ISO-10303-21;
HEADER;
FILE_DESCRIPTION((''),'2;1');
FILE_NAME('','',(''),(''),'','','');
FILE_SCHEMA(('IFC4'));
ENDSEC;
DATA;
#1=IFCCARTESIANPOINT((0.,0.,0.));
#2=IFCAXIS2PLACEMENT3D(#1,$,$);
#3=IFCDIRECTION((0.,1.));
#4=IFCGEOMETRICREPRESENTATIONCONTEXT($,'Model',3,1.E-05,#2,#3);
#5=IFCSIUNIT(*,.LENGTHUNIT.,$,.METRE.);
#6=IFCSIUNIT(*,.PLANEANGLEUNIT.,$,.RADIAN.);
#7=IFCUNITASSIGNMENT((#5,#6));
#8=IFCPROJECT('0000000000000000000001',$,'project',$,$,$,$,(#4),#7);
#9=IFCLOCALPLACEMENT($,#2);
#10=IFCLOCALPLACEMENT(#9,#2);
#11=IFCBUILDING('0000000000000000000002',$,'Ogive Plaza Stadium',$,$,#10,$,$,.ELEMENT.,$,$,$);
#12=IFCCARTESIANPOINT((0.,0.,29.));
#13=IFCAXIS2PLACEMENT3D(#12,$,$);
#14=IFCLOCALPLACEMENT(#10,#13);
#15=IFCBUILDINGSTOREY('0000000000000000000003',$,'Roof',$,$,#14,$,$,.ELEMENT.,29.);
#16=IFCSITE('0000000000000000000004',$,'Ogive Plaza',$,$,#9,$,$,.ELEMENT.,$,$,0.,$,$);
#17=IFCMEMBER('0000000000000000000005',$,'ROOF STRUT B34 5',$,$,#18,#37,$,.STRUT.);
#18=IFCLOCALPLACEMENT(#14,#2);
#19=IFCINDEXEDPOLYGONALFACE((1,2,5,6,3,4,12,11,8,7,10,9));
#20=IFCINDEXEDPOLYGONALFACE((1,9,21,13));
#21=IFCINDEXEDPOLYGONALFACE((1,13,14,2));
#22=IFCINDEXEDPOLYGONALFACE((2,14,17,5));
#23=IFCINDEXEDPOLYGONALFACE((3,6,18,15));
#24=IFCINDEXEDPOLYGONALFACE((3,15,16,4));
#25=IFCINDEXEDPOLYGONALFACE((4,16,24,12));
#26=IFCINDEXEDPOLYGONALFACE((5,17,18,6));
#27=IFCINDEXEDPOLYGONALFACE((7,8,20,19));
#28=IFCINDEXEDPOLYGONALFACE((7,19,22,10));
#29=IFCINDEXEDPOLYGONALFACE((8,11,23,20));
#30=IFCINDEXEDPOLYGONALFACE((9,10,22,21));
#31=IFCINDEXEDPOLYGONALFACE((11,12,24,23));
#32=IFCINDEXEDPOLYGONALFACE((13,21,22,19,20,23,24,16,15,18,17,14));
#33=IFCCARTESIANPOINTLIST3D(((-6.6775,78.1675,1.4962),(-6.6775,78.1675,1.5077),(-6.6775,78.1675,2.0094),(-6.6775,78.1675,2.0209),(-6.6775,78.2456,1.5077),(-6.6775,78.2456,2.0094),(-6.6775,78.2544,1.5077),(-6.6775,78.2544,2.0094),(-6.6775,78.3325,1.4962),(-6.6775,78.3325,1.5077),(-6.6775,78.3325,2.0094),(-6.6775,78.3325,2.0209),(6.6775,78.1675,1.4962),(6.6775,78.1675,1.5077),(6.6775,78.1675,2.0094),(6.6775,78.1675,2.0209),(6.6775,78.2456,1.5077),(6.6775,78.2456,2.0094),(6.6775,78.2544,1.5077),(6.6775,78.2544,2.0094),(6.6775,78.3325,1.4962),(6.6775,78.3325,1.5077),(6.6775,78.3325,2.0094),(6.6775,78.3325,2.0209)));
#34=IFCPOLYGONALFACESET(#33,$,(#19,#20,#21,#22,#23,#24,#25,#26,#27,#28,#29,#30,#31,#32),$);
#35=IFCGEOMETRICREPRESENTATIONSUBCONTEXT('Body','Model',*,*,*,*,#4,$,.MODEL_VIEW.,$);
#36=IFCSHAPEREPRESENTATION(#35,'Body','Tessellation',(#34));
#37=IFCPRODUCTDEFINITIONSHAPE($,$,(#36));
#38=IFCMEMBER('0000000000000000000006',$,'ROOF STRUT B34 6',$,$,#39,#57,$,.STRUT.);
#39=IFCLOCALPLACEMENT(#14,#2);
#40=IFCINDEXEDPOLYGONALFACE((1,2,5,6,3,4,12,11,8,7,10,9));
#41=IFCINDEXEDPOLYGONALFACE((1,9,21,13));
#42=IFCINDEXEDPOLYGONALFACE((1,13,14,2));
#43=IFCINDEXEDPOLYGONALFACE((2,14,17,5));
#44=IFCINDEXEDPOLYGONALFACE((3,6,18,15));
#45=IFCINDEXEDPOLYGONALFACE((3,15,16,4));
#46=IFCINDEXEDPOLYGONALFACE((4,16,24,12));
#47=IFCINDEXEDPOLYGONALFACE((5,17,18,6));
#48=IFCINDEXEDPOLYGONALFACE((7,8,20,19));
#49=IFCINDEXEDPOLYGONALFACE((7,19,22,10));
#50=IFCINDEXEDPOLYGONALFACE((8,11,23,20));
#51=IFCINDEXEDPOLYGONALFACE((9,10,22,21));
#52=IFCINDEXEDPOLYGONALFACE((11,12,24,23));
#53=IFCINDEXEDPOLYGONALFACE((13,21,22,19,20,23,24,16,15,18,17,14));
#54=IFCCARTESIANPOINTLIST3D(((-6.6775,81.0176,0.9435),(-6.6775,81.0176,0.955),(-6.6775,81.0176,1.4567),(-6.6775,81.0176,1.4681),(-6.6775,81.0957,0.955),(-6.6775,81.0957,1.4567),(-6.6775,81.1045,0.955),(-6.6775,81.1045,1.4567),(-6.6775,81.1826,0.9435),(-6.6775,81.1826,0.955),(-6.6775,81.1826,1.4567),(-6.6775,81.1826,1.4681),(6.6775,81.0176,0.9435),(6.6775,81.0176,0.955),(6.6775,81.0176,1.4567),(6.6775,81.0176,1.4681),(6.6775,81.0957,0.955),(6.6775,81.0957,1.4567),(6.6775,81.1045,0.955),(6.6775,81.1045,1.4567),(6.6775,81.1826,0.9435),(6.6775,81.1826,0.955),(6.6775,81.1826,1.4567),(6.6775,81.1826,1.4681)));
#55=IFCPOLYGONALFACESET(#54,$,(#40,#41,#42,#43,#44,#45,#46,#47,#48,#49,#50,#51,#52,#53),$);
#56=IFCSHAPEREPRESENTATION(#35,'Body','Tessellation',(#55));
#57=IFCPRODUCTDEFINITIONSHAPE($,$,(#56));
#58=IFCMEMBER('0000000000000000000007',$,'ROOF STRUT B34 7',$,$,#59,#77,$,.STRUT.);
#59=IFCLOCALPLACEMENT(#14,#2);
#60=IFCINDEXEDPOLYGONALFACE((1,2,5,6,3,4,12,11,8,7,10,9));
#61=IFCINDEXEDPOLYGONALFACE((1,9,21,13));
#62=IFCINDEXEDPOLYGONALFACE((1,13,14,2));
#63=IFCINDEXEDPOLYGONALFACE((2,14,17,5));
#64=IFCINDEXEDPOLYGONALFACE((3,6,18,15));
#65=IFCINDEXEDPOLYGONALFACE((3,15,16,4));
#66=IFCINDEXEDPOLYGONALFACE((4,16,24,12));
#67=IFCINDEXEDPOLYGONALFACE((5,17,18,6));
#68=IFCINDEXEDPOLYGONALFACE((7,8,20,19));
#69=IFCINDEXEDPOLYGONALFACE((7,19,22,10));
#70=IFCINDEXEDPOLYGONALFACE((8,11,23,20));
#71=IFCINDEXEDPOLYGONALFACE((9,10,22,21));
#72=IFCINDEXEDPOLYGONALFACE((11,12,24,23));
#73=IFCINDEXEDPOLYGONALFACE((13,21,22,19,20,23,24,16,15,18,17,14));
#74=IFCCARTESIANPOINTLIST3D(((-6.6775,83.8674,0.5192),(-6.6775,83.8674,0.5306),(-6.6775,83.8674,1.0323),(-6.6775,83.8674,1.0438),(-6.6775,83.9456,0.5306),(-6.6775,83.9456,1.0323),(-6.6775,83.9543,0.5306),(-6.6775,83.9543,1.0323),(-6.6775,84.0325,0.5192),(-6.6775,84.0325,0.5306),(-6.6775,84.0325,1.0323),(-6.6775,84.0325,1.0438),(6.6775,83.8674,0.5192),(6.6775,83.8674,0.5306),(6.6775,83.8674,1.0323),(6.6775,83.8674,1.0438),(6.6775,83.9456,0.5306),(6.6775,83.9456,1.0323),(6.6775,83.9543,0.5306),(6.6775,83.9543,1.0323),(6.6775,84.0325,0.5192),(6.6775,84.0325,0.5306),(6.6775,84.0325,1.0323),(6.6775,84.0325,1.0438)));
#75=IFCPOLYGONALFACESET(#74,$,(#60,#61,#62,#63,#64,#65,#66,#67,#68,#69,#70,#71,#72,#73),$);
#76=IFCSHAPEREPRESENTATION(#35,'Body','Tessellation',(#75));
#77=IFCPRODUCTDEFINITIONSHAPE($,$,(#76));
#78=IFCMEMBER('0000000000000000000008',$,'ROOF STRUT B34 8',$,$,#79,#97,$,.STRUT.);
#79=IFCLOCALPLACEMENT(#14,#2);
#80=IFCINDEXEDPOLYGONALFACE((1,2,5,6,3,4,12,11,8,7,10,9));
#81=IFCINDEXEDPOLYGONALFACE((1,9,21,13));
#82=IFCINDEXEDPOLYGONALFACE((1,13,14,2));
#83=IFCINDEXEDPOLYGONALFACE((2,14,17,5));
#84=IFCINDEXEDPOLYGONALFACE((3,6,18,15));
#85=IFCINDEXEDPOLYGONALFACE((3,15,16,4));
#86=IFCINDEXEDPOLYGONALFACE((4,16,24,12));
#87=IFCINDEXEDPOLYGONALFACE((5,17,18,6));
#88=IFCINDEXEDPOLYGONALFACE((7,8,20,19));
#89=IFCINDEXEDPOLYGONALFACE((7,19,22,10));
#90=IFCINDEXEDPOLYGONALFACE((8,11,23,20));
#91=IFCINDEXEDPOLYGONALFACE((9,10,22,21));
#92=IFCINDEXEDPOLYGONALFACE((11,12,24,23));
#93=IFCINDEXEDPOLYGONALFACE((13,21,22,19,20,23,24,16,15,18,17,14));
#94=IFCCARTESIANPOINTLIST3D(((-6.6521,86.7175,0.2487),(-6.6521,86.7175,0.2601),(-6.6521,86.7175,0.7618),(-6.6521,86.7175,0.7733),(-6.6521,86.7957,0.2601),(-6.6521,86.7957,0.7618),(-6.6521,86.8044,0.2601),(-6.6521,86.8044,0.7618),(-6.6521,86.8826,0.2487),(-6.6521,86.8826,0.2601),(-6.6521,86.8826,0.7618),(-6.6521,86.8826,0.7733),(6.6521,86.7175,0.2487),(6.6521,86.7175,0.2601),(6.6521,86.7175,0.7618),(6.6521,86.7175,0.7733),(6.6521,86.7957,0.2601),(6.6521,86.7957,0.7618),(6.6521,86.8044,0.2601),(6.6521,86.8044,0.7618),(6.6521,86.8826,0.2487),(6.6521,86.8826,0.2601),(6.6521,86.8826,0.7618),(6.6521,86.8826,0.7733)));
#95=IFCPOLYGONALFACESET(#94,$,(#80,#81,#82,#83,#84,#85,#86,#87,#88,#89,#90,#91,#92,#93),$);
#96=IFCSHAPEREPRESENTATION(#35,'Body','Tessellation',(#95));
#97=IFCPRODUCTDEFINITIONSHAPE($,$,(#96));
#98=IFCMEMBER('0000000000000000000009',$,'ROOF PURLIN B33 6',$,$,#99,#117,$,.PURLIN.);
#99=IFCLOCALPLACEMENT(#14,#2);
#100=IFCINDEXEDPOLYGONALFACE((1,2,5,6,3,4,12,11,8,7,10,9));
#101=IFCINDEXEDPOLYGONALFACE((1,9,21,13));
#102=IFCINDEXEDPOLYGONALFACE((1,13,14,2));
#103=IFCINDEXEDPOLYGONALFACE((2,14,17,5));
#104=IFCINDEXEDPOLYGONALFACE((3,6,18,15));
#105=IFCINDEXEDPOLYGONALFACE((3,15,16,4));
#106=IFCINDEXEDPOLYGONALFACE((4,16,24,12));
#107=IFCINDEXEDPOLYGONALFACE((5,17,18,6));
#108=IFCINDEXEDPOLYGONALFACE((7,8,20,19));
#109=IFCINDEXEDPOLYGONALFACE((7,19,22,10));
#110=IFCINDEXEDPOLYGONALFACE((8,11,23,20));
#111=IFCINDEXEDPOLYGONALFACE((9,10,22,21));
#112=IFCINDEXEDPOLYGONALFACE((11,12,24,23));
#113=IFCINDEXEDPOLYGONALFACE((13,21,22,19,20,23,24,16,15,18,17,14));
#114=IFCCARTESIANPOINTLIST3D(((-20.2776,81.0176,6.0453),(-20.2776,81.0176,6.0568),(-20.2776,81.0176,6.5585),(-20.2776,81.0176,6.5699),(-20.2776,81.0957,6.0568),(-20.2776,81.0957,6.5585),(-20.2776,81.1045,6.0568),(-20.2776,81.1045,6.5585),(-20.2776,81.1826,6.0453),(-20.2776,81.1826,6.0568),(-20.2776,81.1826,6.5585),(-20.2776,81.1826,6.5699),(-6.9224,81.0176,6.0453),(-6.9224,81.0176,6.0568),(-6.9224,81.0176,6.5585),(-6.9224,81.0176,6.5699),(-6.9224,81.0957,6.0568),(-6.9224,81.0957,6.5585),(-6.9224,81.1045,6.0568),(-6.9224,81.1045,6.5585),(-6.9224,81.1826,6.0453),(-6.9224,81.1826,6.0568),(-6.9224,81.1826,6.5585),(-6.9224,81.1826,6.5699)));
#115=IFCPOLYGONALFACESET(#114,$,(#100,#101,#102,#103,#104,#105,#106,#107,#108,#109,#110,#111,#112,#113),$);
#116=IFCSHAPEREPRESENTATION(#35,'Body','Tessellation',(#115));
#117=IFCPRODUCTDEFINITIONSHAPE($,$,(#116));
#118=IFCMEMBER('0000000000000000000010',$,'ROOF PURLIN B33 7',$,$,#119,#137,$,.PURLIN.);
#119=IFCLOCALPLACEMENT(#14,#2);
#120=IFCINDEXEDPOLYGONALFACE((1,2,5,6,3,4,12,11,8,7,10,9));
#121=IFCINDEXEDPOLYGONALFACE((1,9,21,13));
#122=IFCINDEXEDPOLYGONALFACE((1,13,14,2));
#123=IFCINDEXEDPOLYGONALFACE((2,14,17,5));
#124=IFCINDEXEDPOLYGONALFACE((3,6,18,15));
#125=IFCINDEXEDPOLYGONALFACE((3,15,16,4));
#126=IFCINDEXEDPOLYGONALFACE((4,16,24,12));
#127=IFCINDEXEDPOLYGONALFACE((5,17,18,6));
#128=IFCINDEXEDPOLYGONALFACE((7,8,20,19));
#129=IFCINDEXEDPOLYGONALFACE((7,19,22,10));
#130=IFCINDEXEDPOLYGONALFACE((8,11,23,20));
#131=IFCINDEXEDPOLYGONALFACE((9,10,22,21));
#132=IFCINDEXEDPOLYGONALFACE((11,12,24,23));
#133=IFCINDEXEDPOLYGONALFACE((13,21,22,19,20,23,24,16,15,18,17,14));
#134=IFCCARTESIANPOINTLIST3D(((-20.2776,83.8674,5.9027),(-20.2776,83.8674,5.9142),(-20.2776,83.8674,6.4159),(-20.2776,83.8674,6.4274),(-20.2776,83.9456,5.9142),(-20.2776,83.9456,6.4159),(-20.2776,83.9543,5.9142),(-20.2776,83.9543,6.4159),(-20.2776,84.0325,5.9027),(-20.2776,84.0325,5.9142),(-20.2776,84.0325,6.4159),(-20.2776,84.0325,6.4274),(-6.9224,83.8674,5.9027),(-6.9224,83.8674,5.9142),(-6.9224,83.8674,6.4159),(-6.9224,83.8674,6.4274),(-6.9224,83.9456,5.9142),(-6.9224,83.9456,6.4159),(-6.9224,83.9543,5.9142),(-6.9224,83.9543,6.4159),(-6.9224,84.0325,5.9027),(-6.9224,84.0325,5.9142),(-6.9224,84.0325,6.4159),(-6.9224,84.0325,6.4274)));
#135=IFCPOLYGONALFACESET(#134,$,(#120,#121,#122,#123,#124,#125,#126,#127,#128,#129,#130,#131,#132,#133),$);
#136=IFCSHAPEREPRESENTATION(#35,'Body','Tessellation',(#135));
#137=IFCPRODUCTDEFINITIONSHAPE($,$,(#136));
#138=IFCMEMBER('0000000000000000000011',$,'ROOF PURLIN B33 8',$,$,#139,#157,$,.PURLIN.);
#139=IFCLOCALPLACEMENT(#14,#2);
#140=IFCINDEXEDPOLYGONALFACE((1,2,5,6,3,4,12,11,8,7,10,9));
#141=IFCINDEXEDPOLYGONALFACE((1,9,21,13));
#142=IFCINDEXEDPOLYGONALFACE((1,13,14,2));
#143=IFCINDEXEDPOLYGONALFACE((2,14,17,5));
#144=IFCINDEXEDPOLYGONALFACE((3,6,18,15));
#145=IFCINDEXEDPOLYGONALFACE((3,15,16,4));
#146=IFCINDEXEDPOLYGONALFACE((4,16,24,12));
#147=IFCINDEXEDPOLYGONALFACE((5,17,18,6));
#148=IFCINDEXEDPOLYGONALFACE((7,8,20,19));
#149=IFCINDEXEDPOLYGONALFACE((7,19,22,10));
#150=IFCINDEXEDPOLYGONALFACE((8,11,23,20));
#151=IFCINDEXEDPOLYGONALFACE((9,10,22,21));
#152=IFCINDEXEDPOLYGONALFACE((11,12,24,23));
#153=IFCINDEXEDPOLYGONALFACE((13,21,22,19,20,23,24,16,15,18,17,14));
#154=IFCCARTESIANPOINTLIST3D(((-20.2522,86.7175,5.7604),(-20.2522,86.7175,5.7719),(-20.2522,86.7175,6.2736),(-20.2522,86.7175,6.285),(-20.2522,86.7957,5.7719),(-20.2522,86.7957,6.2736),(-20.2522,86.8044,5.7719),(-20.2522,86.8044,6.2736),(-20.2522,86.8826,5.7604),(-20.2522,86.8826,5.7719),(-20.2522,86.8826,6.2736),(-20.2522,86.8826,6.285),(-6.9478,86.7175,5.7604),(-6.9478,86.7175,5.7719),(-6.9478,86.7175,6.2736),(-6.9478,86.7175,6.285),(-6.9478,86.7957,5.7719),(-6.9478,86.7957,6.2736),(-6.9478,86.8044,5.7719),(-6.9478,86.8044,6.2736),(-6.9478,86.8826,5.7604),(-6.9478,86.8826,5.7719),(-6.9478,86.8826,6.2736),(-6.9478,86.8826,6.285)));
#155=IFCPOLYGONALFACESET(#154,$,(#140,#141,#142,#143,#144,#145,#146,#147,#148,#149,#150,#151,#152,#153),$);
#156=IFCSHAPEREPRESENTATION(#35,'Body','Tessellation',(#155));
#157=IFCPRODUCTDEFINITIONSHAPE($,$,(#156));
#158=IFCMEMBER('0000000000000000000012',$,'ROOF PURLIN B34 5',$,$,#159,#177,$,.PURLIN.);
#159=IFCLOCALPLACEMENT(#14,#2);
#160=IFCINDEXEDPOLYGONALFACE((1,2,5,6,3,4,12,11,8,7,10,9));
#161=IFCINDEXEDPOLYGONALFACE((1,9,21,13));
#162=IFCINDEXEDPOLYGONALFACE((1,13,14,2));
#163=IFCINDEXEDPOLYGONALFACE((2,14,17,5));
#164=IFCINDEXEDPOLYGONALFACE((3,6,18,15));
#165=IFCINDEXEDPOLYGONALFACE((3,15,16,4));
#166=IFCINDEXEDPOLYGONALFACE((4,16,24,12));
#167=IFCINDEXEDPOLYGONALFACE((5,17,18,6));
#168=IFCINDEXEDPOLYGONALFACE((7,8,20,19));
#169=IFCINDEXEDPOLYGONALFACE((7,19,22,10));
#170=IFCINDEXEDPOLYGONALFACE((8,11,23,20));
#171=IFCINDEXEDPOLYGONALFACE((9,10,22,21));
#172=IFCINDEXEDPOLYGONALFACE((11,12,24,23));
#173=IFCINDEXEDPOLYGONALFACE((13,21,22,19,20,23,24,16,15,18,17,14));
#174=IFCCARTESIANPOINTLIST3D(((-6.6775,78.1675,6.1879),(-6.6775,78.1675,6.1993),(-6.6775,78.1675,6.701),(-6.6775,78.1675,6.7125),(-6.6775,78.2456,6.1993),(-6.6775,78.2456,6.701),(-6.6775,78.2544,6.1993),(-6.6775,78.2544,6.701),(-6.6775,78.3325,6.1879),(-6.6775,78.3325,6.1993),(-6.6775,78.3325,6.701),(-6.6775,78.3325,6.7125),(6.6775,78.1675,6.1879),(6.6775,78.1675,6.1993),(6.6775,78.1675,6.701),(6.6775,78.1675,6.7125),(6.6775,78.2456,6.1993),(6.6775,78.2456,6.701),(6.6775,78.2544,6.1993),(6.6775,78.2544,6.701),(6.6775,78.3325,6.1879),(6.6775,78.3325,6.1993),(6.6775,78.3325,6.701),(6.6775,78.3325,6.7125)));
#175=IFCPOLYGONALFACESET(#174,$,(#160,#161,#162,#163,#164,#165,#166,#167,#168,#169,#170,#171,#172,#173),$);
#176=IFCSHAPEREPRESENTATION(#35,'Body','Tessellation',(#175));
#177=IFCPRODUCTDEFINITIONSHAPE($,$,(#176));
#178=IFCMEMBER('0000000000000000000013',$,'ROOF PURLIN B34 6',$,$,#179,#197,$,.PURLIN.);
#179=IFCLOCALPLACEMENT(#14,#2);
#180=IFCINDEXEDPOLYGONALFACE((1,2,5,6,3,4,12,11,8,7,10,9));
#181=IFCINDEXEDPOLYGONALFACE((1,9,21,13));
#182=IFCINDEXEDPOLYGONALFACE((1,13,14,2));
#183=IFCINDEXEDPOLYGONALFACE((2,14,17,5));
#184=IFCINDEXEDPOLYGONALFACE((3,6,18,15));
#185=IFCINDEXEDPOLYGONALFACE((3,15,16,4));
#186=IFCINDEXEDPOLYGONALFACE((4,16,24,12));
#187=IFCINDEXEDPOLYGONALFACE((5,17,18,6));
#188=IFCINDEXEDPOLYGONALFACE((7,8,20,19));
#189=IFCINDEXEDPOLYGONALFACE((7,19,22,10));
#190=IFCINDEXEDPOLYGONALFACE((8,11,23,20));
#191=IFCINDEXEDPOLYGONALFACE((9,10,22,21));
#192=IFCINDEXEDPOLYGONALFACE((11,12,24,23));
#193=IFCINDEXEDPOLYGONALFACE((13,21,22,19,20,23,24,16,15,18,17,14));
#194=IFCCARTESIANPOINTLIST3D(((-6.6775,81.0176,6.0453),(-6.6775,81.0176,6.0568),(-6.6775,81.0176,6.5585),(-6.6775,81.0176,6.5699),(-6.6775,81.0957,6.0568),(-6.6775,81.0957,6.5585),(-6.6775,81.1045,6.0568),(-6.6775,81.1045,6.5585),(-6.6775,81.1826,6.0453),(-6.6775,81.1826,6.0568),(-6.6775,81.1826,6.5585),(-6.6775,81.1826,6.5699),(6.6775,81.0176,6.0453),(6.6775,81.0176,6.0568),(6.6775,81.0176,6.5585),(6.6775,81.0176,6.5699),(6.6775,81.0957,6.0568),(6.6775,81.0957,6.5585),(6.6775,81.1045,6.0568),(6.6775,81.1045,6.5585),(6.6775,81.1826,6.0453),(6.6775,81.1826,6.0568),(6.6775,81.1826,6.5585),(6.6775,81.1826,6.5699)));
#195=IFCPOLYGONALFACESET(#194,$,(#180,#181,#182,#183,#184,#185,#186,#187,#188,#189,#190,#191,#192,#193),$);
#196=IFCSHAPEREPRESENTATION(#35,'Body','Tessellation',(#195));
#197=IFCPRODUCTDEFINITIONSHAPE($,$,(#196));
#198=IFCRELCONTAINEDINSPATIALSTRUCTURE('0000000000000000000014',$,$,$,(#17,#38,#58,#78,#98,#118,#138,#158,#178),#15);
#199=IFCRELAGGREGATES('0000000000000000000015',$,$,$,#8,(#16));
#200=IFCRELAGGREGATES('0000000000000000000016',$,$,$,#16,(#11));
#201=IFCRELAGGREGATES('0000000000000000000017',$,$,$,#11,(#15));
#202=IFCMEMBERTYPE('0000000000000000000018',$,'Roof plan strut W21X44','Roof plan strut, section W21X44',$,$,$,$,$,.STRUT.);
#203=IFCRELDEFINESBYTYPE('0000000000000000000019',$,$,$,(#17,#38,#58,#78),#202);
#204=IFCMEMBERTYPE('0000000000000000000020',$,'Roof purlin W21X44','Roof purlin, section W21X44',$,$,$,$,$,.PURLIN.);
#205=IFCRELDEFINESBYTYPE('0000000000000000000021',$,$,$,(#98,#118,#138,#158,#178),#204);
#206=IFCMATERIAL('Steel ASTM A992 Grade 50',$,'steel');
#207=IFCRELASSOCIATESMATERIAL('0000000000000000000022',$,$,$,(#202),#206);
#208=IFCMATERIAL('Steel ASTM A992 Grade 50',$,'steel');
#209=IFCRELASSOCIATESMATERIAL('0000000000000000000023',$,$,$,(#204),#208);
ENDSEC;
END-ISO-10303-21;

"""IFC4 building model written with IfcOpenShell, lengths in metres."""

from ifc_helpers import new_model, si_unit, direction, frame, origin, origin_2d, place, context, subcontext, project, spatial, i_section, extrude, material, material_profile, profile_set, type_object, element, save


model = new_model("IFC4")

# Units and contexts
model_context = context("Model", 3, precision=1e-05, world=origin(), true_north=direction((0.0, 1.0)))
body_context = subcontext(model_context, "Body", "Model", "MODEL_VIEW")
ifc_project = project(units=[si_unit("LENGTHUNIT", "METRE"), si_unit("PLANEANGLEUNIT", "RADIAN")], contexts=[model_context])

# Site, building, storey
site_placement = place(None, origin())
site = spatial("IfcSite", under=ifc_project, at=site_placement, Name="Ogive Plaza", CompositionType="ELEMENT", RefElevation=0.0)
building_placement = place(site_placement, origin())
building = spatial("IfcBuilding", under=site, at=building_placement, Name="Ogive Plaza Stadium", CompositionType="ELEMENT")
storey_placement = place(building_placement, frame((0.0, 0.0, 29.0)))
storey = spatial("IfcBuildingStorey", under=building, at=storey_placement, Name="Roof", CompositionType="ELEMENT", Elevation=29.0)

# Members
ifc_material_1 = material(Name="Steel ASTM A992 Grade 50", Category="steel")
ifc_material_profile_1 = material_profile(ifc_material_1, i_section(OverallWidth=0.165, OverallDepth=0.5247, WebThickness=0.0088, FlangeThickness=0.0115, at=origin_2d()), Name="W21X44")
ifc_profile_set_1 = profile_set([ifc_material_profile_1], Name="Steel ASTM A992 Grade 50")
member_type_1 = type_object("IfcMemberType", Name="Roof plan strut W21X44", Description="Roof plan strut, section W21X44", PredefinedType="STRUT", material=ifc_profile_set_1)
for number, where, z_axis, x_axis, name in (
    (1, (-6.6775, 78.25, 1.7585), (1.0, 0.0, 0.0), (0.0, 1.0, 0.0), "ROOF STRUT B34 5"),
    (2, (-6.6775, 81.1001, 1.2058), (1.0, 0.0, 0.0), (0.0, 1.0, 0.0), "ROOF STRUT B34 6"),
    (3, (-6.6775, 83.95, 0.7815), (1.0, 0.0, 0.0), (0.0, 1.0, 0.0), "ROOF STRUT B34 7"),
):
    element("IfcMember", number, at=place(storey_placement, frame(where, z_axis=z_axis, x_axis=x_axis)), inside=storey, type_object=member_type_1, Name=name, PredefinedType="STRUT", context=body_context, shape_type="SweptSolid", body=[
        extrude(i_section(OverallWidth=0.165, OverallDepth=0.5247, WebThickness=0.0088, FlangeThickness=0.0115, at=origin_2d()), origin(), (0.0, 0.0, 1.0), 13.355),
    ])
member_1_placement = place(storey_placement, frame((-6.6521, 86.8, 0.511), z_axis=(1.0, 0.0, 0.0), x_axis=(0.0, 1.0, 0.0)))
element("IfcMember", 4, at=member_1_placement, inside=storey, type_object=member_type_1, Name="ROOF STRUT B34 8", PredefinedType="STRUT", context=body_context, shape_type="SweptSolid", body=[
    extrude(i_section(OverallWidth=0.165, OverallDepth=0.5247, WebThickness=0.0088, FlangeThickness=0.0115, at=origin_2d()), origin(), (0.0, 0.0, 1.0), 13.3042),
])
ifc_material_2 = material(Name="Steel ASTM A992 Grade 50", Category="steel")
ifc_material_profile_2 = material_profile(ifc_material_2, i_section(OverallWidth=0.165, OverallDepth=0.5247, WebThickness=0.0088, FlangeThickness=0.0115, at=origin_2d()), Name="W21X44")
ifc_profile_set_2 = profile_set([ifc_material_profile_2], Name="Steel ASTM A992 Grade 50")
member_type_2 = type_object("IfcMemberType", Name="Roof purlin W21X44", Description="Roof purlin, section W21X44", PredefinedType="PURLIN", material=ifc_profile_set_2)
for number, where, z_axis, x_axis, name in (
    (5, (-20.2776, 81.1001, 6.3076), (1.0, 0.0, 0.0), (0.0, 1.0, 0.0), "ROOF PURLIN B33 6"),
    (6, (-20.2776, 83.95, 6.165), (1.0, 0.0, 0.0), (0.0, 1.0, 0.0), "ROOF PURLIN B33 7"),
):
    element("IfcMember", number, at=place(storey_placement, frame(where, z_axis=z_axis, x_axis=x_axis)), inside=storey, type_object=member_type_2, Name=name, PredefinedType="PURLIN", context=body_context, shape_type="SweptSolid", body=[
        extrude(i_section(OverallWidth=0.165, OverallDepth=0.5247, WebThickness=0.0088, FlangeThickness=0.0115, at=origin_2d()), origin(), (0.0, 0.0, 1.0), 13.3552),
    ])
member_2_placement = place(storey_placement, frame((-20.2522, 86.8, 6.0227), z_axis=(1.0, 0.0, 0.0), x_axis=(0.0, 1.0, 0.0)))
element("IfcMember", 7, at=member_2_placement, inside=storey, type_object=member_type_2, Name="ROOF PURLIN B33 8", PredefinedType="PURLIN", context=body_context, shape_type="SweptSolid", body=[
    extrude(i_section(OverallWidth=0.165, OverallDepth=0.5247, WebThickness=0.0088, FlangeThickness=0.0115, at=origin_2d()), origin(), (0.0, 0.0, 1.0), 13.3044),
])
for number, where, z_axis, x_axis, name in (
    (8, (-6.6775, 78.25, 6.4502), (1.0, 0.0, 0.0), (0.0, 1.0, 0.0), "ROOF PURLIN B34 5"),
    (9, (-6.6775, 81.1001, 6.3076), (1.0, 0.0, 0.0), (0.0, 1.0, 0.0), "ROOF PURLIN B34 6"),
):
    element("IfcMember", number, at=place(storey_placement, frame(where, z_axis=z_axis, x_axis=x_axis)), inside=storey, type_object=member_type_2, Name=name, PredefinedType="PURLIN", context=body_context, shape_type="SweptSolid", body=[
        extrude(i_section(OverallWidth=0.165, OverallDepth=0.5247, WebThickness=0.0088, FlangeThickness=0.0115, at=origin_2d()), origin(), (0.0, 0.0, 1.0), 13.355),
    ])

save(model, "model.ifc")
